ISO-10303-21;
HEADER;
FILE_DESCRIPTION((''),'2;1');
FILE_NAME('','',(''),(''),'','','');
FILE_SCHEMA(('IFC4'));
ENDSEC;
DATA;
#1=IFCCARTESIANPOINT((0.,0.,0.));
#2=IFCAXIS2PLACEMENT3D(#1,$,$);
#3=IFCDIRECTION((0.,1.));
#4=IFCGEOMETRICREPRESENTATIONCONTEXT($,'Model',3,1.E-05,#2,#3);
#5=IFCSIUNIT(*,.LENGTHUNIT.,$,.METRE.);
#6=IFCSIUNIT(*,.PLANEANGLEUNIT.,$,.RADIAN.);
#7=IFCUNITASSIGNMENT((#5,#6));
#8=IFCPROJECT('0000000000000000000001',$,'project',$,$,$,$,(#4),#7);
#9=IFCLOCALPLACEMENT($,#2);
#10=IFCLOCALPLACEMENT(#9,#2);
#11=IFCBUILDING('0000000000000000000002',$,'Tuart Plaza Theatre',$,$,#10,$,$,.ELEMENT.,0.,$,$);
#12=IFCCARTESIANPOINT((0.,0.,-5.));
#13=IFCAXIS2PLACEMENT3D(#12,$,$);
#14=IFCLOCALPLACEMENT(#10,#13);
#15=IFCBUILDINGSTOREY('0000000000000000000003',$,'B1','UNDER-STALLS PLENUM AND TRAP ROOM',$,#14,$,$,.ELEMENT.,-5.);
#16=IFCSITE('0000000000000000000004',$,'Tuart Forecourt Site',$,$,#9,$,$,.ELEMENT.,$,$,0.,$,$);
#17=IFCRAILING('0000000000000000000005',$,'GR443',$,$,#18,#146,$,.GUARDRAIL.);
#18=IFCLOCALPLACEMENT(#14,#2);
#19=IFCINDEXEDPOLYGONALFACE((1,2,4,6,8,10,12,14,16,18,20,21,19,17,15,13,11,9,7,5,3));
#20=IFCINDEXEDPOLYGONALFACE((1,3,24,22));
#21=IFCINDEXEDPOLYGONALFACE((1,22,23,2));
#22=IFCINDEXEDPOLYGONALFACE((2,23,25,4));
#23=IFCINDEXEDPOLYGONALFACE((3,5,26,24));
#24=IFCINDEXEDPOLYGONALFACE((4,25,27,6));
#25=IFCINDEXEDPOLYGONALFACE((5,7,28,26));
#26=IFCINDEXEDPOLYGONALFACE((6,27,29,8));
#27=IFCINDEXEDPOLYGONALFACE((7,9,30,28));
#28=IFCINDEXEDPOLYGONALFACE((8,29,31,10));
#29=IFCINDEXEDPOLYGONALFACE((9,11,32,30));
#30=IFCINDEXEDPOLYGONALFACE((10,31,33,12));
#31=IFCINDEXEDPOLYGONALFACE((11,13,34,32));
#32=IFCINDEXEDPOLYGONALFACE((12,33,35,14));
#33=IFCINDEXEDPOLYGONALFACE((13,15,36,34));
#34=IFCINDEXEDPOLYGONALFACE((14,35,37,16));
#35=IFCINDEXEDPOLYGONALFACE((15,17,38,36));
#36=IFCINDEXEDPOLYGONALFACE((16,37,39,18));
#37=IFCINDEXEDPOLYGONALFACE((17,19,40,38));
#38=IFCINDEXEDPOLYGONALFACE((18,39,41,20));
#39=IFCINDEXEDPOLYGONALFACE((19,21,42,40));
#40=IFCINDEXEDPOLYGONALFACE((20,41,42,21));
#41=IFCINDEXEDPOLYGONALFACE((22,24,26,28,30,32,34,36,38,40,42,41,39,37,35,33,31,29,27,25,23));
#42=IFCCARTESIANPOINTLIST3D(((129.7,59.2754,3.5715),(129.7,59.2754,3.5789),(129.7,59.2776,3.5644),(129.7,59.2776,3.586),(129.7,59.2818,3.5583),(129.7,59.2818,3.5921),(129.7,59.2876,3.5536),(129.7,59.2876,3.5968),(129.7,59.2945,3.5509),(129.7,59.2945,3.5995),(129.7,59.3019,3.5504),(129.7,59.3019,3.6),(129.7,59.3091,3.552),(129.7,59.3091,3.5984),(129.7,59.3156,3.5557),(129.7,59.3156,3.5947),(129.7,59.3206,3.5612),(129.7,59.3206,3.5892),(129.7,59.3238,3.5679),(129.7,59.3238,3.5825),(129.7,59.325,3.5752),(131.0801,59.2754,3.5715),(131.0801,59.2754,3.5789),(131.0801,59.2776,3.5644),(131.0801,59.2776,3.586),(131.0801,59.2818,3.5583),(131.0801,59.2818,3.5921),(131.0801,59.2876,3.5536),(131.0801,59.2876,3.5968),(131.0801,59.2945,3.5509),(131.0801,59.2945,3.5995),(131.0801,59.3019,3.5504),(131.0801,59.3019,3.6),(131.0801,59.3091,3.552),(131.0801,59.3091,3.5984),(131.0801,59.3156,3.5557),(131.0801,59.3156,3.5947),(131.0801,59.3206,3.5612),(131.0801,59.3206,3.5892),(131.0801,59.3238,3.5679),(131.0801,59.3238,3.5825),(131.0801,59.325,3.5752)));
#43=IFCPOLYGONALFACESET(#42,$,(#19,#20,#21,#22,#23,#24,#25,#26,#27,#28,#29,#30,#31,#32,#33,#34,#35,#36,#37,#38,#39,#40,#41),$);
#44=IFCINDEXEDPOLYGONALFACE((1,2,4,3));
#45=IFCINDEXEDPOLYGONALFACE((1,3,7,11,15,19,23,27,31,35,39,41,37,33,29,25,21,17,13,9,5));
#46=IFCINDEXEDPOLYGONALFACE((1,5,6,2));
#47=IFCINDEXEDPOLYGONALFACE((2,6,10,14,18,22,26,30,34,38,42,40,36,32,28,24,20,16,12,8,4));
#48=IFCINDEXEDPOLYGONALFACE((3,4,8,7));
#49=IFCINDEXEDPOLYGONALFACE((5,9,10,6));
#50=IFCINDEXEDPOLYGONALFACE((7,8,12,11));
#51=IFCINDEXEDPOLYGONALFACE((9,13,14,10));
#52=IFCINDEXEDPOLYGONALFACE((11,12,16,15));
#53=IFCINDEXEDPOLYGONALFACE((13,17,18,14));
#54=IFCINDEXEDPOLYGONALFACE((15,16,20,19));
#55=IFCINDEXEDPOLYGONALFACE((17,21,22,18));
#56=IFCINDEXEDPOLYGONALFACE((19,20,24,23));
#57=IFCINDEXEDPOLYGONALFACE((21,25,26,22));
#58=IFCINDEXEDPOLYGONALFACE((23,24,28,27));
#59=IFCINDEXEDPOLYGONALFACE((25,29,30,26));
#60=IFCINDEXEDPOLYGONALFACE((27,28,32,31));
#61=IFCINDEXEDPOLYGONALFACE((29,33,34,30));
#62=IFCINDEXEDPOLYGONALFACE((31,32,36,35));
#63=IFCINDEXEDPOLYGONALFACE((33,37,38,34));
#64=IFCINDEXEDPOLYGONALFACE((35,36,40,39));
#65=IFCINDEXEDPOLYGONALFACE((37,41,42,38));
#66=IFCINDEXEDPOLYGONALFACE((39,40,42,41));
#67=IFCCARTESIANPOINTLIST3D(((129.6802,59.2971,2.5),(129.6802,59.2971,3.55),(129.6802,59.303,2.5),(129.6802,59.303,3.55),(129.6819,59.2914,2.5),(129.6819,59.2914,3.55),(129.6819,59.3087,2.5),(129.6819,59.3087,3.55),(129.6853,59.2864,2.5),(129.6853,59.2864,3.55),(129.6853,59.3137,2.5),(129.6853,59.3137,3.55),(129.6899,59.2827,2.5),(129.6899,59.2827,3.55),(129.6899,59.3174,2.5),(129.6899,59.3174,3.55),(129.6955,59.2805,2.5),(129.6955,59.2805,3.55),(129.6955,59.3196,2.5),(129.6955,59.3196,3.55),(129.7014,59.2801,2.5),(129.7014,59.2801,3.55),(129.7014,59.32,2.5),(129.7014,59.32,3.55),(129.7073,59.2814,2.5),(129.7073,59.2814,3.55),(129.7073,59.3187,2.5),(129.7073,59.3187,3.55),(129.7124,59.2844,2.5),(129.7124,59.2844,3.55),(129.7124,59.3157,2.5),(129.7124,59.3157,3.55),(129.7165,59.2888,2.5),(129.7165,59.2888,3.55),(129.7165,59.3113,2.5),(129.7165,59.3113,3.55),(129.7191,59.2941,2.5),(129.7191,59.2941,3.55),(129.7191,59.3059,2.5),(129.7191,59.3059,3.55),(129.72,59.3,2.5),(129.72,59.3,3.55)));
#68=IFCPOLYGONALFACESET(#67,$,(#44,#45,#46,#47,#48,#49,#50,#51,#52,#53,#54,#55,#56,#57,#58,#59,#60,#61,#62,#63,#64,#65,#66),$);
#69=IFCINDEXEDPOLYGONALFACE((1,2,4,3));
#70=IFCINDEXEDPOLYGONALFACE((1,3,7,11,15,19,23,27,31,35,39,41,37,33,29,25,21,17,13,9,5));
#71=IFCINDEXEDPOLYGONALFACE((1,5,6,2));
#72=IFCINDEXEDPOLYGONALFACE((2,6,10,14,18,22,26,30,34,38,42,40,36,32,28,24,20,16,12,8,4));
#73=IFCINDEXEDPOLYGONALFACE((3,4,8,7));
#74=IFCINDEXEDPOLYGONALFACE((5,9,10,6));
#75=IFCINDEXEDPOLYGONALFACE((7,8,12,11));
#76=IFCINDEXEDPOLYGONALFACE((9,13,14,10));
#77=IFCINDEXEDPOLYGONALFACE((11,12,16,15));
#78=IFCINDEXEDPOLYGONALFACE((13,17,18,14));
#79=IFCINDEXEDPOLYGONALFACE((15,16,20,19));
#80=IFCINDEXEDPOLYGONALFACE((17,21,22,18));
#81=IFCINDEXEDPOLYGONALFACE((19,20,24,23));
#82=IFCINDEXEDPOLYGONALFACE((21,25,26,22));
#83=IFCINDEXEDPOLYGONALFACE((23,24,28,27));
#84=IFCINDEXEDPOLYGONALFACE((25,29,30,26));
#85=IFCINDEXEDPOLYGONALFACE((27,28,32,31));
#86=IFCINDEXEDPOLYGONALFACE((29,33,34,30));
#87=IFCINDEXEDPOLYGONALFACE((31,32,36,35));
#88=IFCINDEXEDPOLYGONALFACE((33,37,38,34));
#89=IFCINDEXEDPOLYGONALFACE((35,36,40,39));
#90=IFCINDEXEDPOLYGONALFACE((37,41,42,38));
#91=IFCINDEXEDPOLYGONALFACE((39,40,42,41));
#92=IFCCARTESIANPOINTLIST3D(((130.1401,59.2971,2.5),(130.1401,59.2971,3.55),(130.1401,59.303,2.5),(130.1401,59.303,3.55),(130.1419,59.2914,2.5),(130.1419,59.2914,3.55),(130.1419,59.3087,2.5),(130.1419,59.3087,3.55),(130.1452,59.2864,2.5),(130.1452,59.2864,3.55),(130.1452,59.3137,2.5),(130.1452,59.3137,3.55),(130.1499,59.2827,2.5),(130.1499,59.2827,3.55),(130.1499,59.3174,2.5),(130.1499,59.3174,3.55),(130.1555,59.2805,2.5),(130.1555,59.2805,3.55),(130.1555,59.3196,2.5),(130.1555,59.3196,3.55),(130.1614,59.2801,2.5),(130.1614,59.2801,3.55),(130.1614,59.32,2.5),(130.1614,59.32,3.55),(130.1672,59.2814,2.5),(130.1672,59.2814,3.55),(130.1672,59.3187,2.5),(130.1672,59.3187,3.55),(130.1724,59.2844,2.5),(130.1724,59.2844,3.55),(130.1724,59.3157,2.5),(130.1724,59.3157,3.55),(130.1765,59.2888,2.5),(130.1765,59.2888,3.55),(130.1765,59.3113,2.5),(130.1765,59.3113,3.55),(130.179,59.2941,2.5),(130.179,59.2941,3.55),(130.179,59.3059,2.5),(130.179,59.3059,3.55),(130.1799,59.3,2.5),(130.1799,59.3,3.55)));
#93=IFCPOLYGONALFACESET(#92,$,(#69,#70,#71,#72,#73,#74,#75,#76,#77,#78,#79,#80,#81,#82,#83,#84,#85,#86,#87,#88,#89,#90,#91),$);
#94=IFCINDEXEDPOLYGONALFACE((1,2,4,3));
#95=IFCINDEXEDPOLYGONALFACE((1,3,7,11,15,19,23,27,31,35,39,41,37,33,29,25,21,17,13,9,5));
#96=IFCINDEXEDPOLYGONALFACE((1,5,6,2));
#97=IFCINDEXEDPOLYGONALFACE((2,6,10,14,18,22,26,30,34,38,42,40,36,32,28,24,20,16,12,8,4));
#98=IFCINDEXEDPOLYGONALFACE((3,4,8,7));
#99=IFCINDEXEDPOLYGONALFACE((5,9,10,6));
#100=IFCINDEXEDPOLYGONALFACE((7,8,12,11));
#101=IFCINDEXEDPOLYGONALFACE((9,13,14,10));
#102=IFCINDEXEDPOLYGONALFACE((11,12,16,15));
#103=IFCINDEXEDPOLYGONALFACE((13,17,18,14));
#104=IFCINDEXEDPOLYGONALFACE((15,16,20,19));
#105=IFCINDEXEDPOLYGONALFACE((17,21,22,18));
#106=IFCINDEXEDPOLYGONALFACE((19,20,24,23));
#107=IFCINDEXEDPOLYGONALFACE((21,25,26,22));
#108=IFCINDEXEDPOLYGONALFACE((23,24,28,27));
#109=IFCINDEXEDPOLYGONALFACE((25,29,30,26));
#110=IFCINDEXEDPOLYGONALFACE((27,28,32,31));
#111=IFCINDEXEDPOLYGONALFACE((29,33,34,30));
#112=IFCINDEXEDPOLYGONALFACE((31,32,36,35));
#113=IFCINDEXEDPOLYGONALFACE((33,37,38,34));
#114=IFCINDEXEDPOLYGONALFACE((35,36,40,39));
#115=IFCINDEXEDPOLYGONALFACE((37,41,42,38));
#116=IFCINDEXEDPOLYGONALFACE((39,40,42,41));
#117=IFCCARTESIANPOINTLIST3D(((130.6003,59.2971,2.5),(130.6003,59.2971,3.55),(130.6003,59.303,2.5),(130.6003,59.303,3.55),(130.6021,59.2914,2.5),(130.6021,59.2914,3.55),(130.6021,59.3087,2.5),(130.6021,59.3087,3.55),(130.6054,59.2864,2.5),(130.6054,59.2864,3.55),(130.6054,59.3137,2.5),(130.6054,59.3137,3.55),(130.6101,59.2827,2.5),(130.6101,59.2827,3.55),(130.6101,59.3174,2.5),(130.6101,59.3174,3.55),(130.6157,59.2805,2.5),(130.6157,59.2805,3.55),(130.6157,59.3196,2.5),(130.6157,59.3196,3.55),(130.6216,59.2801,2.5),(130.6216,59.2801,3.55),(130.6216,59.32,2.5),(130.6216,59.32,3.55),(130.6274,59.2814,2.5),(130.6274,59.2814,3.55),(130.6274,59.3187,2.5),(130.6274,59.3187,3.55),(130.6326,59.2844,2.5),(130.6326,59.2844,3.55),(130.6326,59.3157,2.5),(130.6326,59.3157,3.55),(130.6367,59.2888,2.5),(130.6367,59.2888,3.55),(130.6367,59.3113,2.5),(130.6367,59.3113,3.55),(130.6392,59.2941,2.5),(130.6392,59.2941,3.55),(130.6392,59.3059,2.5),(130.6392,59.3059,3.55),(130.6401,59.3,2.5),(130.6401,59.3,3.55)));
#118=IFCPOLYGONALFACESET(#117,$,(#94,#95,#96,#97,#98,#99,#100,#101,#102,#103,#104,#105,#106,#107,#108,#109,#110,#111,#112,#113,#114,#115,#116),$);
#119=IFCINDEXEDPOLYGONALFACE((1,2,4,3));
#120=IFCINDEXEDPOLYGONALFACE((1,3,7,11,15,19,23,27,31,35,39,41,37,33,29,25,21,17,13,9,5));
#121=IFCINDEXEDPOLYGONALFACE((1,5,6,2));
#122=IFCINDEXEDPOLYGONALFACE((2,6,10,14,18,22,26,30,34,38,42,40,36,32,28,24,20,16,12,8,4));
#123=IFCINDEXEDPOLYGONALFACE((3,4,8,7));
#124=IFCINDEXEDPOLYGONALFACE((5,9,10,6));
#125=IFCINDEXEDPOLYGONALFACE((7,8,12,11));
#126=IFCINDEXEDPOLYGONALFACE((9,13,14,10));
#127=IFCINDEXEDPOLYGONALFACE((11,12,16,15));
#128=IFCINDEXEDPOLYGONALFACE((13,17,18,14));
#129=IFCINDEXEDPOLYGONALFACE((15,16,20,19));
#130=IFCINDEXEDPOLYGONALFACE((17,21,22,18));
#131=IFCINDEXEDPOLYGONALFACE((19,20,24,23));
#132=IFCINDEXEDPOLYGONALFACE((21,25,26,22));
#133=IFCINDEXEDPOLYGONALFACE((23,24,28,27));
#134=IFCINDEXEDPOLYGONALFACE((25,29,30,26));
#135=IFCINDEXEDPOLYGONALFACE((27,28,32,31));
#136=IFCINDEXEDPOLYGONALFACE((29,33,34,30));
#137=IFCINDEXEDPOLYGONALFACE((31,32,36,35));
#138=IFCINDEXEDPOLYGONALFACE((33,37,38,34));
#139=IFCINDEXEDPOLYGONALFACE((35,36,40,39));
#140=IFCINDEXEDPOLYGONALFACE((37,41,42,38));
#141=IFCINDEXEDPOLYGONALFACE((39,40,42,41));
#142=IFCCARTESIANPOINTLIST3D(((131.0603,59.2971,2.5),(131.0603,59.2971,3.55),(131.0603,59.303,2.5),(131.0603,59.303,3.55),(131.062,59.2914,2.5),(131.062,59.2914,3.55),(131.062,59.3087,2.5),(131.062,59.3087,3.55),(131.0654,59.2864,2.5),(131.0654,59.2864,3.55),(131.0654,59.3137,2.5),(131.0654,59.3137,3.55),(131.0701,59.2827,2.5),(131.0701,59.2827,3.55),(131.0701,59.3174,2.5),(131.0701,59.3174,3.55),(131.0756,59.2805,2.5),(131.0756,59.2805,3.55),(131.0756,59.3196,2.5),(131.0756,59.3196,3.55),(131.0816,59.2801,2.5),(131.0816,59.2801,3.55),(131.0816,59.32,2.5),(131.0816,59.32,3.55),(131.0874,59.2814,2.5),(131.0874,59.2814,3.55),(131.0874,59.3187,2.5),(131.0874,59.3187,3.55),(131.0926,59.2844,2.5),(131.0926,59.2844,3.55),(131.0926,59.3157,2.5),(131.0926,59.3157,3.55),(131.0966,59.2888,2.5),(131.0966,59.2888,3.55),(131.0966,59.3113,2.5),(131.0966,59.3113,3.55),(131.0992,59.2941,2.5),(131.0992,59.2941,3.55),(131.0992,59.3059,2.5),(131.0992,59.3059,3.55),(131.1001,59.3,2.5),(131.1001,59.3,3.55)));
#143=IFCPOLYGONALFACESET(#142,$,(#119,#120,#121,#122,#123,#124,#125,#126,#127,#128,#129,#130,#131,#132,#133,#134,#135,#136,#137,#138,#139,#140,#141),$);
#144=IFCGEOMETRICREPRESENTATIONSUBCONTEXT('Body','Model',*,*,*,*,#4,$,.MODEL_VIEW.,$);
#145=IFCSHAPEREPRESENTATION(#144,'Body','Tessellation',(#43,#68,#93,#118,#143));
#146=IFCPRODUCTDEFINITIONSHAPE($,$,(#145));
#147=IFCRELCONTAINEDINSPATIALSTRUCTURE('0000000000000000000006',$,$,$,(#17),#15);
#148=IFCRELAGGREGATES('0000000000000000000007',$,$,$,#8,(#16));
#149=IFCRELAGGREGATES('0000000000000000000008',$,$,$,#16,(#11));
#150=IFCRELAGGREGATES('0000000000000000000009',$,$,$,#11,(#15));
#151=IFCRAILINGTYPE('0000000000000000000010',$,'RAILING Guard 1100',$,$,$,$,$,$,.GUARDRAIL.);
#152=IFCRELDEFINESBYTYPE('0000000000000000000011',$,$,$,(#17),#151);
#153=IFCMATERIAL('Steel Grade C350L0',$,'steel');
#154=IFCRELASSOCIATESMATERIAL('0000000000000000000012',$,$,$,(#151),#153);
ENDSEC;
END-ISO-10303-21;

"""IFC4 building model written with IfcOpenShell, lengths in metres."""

from ifc_helpers import new_model, si_unit, direction, frame, origin, origin_2d, place, context, subcontext, project, spatial, circle, extrude, material, type_object, element, save


model = new_model("IFC4")

# Units and contexts
model_context = context("Model", 3, precision=1e-05, world=origin(), true_north=direction((0.0, 1.0)))
body_context = subcontext(model_context, "Body", "Model", "MODEL_VIEW")
ifc_project = project(units=[si_unit("LENGTHUNIT", "METRE"), si_unit("PLANEANGLEUNIT", "RADIAN")], contexts=[model_context])

# Site, building, storey
site_placement = place(None, origin())
site = spatial("IfcSite", under=ifc_project, at=site_placement, Name="Tuart Forecourt Site", CompositionType="ELEMENT", RefElevation=0.0)
building_placement = place(site_placement, origin())
building = spatial("IfcBuilding", under=site, at=building_placement, Name="Tuart Plaza Theatre", CompositionType="ELEMENT", ElevationOfRefHeight=0.0)
storey_placement = place(building_placement, frame((0.0, 0.0, -5.0)))
storey = spatial("IfcBuildingStorey", under=building, at=storey_placement, Name="B1", Description="UNDER-STALLS PLENUM AND TRAP ROOM", CompositionType="ELEMENT", Elevation=-5.0)

# Railing
ifc_material_1 = material(Name="Steel Grade C350L0", Category="steel")
railing_type_1 = type_object("IfcRailingType", Name="RAILING Guard 1100", PredefinedType="GUARDRAIL", material=ifc_material_1)
railing_1_placement = place(storey_placement, frame((129.7, 59.3, 2.5)))
element("IfcRailing", 1, at=railing_1_placement, inside=storey, type_object=railing_type_1, Name="GR443", PredefinedType="GUARDRAIL", context=body_context, shape_type="SweptSolid", body=[
    extrude(circle(Radius=0.0249, at=origin_2d()), frame((0.0, 0.0, 1.0752), z_axis=(1.0, 0.0, 0.0), x_axis=(0.0, 1.0, 0.0)), (0.0, 0.0, 1.0), 1.3801),
    extrude(circle(Radius=0.02, at=origin_2d()), origin(), (0.0, 0.0, 1.0), 1.05),
    extrude(circle(Radius=0.02, at=origin_2d()), frame((0.46, 0.0, 0.0)), (0.0, 0.0, 1.0), 1.05),
    extrude(circle(Radius=0.02, at=origin_2d()), frame((0.9202, 0.0, 0.0)), (0.0, 0.0, 1.0), 1.05),
    extrude(circle(Radius=0.02, at=origin_2d()), frame((1.3801, 0.0, 0.0)), (0.0, 0.0, 1.0), 1.05),
])

save(model, "model.ifc")
